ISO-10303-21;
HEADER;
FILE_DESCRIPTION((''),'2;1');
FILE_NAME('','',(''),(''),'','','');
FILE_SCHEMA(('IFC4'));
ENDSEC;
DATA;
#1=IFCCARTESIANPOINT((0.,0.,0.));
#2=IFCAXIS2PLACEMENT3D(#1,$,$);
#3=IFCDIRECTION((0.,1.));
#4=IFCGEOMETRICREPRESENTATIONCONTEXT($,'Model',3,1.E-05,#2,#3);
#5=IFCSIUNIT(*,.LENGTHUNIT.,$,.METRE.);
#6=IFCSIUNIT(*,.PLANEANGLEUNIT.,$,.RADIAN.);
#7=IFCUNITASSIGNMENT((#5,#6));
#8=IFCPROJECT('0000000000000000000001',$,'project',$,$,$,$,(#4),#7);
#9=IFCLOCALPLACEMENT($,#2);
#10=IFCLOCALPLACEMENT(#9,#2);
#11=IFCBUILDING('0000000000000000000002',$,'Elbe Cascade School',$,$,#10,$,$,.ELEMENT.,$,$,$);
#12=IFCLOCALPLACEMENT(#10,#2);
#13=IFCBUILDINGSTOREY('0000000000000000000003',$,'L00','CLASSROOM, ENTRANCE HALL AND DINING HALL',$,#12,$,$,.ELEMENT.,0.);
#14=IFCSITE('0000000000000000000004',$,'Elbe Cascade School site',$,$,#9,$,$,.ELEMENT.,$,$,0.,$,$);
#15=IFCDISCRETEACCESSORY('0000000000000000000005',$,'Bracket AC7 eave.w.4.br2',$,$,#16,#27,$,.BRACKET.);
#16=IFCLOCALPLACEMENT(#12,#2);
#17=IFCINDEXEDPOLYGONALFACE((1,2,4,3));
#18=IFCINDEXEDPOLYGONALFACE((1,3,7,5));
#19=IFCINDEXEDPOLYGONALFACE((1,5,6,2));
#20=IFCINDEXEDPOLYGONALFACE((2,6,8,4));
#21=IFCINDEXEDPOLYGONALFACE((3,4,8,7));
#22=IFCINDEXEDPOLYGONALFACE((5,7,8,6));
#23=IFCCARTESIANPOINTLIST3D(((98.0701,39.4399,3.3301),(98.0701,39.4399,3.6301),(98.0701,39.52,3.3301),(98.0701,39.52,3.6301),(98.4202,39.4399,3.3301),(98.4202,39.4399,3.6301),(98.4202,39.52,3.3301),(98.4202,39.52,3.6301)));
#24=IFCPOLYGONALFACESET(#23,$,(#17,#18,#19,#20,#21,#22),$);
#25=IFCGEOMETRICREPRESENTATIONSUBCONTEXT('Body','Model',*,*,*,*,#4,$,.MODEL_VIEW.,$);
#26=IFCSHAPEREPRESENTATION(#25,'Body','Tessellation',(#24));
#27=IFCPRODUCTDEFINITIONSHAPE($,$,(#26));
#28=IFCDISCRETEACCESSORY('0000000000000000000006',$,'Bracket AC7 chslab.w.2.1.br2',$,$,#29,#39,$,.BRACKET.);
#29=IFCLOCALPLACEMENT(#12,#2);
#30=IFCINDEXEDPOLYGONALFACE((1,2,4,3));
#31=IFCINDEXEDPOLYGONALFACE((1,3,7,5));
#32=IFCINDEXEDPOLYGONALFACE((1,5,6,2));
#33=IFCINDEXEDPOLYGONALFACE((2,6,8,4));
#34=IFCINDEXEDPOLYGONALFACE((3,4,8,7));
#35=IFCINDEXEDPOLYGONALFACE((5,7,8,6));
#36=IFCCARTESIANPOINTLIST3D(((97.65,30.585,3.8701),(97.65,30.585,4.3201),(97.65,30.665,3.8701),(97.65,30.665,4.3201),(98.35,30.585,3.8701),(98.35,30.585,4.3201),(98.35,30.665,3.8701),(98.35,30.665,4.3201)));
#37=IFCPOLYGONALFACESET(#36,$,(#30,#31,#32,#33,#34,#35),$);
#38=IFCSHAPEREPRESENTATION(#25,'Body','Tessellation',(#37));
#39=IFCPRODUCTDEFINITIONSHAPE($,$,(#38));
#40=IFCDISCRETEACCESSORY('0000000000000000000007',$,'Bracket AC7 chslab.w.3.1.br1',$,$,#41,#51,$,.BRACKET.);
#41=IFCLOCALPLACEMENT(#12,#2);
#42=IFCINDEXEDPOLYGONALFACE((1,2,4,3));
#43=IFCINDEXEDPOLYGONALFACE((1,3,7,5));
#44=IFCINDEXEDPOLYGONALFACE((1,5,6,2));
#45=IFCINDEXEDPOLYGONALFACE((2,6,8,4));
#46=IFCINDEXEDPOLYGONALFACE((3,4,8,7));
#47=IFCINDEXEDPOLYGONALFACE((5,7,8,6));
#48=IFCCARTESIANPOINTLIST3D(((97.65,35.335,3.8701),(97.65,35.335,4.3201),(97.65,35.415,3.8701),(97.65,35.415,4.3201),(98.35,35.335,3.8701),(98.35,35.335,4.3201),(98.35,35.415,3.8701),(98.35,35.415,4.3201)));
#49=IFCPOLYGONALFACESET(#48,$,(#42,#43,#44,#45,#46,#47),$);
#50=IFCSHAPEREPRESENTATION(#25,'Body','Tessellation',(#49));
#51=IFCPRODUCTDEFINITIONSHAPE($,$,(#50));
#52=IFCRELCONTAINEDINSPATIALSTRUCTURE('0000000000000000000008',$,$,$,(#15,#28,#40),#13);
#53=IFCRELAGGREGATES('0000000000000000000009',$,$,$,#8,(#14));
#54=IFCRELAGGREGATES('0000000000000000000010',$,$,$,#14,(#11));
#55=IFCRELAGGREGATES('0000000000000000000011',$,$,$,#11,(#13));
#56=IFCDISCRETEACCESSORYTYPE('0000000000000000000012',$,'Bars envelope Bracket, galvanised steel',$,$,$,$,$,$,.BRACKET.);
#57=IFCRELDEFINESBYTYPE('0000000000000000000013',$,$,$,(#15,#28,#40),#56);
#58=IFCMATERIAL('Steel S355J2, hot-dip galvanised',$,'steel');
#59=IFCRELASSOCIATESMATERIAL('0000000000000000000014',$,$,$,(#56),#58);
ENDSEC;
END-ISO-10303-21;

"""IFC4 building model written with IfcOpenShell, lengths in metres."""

from ifc_helpers import new_model, si_unit, direction, frame, origin, origin_2d, place, context, subcontext, project, spatial, rectangle, extrude, material, type_object, element, save


model = new_model("IFC4")

# Units and contexts
model_context = context("Model", 3, precision=1e-05, world=origin(), true_north=direction((0.0, 1.0)))
body_context = subcontext(model_context, "Body", "Model", "MODEL_VIEW")
ifc_project = project(units=[si_unit("LENGTHUNIT", "METRE"), si_unit("PLANEANGLEUNIT", "RADIAN")], contexts=[model_context])

# Site, building, storey
site_placement = place(None, origin())
site = spatial("IfcSite", under=ifc_project, at=site_placement, Name="Elbe Cascade School site", CompositionType="ELEMENT", RefElevation=0.0)
building_placement = place(site_placement, origin())
building = spatial("IfcBuilding", under=site, at=building_placement, Name="Elbe Cascade School", CompositionType="ELEMENT")
storey_placement = place(building_placement, origin())
storey = spatial("IfcBuildingStorey", under=building, at=storey_placement, Name="L00", Description="CLASSROOM, ENTRANCE HALL AND DINING HALL", CompositionType="ELEMENT", Elevation=0.0)

# Discrete accessories
ifc_material_1 = material(Name="Steel S355J2, hot-dip galvanised", Category="steel")
discrete_accessory_type = type_object("IfcDiscreteAccessoryType", Name="Bars envelope Bracket, galvanised steel", PredefinedType="BRACKET", material=ifc_material_1)
for number, where, z_axis, x_axis, name in (
    (1, (98.2451, 39.48, 3.3301), (0.0, 0.0, 1.0), (0.0, 1.0, 0.0), "Bracket AC7 eave.w.4.br2"),
):
    element("IfcDiscreteAccessory", number, at=place(storey_placement, frame(where, z_axis=z_axis, x_axis=x_axis)), inside=storey, type_object=discrete_accessory_type, Name=name, PredefinedType="BRACKET", context=body_context, shape_type="SweptSolid", body=[
        extrude(rectangle(XDim=0.0801, YDim=0.3501, at=origin_2d()), origin(), (0.0, 0.0, 1.0), 0.3),
    ])
for number, where, z_axis, x_axis, name in (
    (2, (98.0, 30.625, 3.8701), (0.0, 0.0, 1.0), (0.0, 1.0, 0.0), "Bracket AC7 chslab.w.2.1.br2"),
    (3, (98.0, 35.375, 3.8701), (0.0, 0.0, 1.0), (0.0, 1.0, 0.0), "Bracket AC7 chslab.w.3.1.br1"),
):
    element("IfcDiscreteAccessory", number, at=place(storey_placement, frame(where, z_axis=z_axis, x_axis=x_axis)), inside=storey, type_object=discrete_accessory_type, Name=name, PredefinedType="BRACKET", context=body_context, shape_type="SweptSolid", body=[
        extrude(rectangle(XDim=0.0801, YDim=0.7, at=origin_2d()), origin(), (0.0, 0.0, 1.0), 0.45),
    ])

save(model, "model.ifc")
